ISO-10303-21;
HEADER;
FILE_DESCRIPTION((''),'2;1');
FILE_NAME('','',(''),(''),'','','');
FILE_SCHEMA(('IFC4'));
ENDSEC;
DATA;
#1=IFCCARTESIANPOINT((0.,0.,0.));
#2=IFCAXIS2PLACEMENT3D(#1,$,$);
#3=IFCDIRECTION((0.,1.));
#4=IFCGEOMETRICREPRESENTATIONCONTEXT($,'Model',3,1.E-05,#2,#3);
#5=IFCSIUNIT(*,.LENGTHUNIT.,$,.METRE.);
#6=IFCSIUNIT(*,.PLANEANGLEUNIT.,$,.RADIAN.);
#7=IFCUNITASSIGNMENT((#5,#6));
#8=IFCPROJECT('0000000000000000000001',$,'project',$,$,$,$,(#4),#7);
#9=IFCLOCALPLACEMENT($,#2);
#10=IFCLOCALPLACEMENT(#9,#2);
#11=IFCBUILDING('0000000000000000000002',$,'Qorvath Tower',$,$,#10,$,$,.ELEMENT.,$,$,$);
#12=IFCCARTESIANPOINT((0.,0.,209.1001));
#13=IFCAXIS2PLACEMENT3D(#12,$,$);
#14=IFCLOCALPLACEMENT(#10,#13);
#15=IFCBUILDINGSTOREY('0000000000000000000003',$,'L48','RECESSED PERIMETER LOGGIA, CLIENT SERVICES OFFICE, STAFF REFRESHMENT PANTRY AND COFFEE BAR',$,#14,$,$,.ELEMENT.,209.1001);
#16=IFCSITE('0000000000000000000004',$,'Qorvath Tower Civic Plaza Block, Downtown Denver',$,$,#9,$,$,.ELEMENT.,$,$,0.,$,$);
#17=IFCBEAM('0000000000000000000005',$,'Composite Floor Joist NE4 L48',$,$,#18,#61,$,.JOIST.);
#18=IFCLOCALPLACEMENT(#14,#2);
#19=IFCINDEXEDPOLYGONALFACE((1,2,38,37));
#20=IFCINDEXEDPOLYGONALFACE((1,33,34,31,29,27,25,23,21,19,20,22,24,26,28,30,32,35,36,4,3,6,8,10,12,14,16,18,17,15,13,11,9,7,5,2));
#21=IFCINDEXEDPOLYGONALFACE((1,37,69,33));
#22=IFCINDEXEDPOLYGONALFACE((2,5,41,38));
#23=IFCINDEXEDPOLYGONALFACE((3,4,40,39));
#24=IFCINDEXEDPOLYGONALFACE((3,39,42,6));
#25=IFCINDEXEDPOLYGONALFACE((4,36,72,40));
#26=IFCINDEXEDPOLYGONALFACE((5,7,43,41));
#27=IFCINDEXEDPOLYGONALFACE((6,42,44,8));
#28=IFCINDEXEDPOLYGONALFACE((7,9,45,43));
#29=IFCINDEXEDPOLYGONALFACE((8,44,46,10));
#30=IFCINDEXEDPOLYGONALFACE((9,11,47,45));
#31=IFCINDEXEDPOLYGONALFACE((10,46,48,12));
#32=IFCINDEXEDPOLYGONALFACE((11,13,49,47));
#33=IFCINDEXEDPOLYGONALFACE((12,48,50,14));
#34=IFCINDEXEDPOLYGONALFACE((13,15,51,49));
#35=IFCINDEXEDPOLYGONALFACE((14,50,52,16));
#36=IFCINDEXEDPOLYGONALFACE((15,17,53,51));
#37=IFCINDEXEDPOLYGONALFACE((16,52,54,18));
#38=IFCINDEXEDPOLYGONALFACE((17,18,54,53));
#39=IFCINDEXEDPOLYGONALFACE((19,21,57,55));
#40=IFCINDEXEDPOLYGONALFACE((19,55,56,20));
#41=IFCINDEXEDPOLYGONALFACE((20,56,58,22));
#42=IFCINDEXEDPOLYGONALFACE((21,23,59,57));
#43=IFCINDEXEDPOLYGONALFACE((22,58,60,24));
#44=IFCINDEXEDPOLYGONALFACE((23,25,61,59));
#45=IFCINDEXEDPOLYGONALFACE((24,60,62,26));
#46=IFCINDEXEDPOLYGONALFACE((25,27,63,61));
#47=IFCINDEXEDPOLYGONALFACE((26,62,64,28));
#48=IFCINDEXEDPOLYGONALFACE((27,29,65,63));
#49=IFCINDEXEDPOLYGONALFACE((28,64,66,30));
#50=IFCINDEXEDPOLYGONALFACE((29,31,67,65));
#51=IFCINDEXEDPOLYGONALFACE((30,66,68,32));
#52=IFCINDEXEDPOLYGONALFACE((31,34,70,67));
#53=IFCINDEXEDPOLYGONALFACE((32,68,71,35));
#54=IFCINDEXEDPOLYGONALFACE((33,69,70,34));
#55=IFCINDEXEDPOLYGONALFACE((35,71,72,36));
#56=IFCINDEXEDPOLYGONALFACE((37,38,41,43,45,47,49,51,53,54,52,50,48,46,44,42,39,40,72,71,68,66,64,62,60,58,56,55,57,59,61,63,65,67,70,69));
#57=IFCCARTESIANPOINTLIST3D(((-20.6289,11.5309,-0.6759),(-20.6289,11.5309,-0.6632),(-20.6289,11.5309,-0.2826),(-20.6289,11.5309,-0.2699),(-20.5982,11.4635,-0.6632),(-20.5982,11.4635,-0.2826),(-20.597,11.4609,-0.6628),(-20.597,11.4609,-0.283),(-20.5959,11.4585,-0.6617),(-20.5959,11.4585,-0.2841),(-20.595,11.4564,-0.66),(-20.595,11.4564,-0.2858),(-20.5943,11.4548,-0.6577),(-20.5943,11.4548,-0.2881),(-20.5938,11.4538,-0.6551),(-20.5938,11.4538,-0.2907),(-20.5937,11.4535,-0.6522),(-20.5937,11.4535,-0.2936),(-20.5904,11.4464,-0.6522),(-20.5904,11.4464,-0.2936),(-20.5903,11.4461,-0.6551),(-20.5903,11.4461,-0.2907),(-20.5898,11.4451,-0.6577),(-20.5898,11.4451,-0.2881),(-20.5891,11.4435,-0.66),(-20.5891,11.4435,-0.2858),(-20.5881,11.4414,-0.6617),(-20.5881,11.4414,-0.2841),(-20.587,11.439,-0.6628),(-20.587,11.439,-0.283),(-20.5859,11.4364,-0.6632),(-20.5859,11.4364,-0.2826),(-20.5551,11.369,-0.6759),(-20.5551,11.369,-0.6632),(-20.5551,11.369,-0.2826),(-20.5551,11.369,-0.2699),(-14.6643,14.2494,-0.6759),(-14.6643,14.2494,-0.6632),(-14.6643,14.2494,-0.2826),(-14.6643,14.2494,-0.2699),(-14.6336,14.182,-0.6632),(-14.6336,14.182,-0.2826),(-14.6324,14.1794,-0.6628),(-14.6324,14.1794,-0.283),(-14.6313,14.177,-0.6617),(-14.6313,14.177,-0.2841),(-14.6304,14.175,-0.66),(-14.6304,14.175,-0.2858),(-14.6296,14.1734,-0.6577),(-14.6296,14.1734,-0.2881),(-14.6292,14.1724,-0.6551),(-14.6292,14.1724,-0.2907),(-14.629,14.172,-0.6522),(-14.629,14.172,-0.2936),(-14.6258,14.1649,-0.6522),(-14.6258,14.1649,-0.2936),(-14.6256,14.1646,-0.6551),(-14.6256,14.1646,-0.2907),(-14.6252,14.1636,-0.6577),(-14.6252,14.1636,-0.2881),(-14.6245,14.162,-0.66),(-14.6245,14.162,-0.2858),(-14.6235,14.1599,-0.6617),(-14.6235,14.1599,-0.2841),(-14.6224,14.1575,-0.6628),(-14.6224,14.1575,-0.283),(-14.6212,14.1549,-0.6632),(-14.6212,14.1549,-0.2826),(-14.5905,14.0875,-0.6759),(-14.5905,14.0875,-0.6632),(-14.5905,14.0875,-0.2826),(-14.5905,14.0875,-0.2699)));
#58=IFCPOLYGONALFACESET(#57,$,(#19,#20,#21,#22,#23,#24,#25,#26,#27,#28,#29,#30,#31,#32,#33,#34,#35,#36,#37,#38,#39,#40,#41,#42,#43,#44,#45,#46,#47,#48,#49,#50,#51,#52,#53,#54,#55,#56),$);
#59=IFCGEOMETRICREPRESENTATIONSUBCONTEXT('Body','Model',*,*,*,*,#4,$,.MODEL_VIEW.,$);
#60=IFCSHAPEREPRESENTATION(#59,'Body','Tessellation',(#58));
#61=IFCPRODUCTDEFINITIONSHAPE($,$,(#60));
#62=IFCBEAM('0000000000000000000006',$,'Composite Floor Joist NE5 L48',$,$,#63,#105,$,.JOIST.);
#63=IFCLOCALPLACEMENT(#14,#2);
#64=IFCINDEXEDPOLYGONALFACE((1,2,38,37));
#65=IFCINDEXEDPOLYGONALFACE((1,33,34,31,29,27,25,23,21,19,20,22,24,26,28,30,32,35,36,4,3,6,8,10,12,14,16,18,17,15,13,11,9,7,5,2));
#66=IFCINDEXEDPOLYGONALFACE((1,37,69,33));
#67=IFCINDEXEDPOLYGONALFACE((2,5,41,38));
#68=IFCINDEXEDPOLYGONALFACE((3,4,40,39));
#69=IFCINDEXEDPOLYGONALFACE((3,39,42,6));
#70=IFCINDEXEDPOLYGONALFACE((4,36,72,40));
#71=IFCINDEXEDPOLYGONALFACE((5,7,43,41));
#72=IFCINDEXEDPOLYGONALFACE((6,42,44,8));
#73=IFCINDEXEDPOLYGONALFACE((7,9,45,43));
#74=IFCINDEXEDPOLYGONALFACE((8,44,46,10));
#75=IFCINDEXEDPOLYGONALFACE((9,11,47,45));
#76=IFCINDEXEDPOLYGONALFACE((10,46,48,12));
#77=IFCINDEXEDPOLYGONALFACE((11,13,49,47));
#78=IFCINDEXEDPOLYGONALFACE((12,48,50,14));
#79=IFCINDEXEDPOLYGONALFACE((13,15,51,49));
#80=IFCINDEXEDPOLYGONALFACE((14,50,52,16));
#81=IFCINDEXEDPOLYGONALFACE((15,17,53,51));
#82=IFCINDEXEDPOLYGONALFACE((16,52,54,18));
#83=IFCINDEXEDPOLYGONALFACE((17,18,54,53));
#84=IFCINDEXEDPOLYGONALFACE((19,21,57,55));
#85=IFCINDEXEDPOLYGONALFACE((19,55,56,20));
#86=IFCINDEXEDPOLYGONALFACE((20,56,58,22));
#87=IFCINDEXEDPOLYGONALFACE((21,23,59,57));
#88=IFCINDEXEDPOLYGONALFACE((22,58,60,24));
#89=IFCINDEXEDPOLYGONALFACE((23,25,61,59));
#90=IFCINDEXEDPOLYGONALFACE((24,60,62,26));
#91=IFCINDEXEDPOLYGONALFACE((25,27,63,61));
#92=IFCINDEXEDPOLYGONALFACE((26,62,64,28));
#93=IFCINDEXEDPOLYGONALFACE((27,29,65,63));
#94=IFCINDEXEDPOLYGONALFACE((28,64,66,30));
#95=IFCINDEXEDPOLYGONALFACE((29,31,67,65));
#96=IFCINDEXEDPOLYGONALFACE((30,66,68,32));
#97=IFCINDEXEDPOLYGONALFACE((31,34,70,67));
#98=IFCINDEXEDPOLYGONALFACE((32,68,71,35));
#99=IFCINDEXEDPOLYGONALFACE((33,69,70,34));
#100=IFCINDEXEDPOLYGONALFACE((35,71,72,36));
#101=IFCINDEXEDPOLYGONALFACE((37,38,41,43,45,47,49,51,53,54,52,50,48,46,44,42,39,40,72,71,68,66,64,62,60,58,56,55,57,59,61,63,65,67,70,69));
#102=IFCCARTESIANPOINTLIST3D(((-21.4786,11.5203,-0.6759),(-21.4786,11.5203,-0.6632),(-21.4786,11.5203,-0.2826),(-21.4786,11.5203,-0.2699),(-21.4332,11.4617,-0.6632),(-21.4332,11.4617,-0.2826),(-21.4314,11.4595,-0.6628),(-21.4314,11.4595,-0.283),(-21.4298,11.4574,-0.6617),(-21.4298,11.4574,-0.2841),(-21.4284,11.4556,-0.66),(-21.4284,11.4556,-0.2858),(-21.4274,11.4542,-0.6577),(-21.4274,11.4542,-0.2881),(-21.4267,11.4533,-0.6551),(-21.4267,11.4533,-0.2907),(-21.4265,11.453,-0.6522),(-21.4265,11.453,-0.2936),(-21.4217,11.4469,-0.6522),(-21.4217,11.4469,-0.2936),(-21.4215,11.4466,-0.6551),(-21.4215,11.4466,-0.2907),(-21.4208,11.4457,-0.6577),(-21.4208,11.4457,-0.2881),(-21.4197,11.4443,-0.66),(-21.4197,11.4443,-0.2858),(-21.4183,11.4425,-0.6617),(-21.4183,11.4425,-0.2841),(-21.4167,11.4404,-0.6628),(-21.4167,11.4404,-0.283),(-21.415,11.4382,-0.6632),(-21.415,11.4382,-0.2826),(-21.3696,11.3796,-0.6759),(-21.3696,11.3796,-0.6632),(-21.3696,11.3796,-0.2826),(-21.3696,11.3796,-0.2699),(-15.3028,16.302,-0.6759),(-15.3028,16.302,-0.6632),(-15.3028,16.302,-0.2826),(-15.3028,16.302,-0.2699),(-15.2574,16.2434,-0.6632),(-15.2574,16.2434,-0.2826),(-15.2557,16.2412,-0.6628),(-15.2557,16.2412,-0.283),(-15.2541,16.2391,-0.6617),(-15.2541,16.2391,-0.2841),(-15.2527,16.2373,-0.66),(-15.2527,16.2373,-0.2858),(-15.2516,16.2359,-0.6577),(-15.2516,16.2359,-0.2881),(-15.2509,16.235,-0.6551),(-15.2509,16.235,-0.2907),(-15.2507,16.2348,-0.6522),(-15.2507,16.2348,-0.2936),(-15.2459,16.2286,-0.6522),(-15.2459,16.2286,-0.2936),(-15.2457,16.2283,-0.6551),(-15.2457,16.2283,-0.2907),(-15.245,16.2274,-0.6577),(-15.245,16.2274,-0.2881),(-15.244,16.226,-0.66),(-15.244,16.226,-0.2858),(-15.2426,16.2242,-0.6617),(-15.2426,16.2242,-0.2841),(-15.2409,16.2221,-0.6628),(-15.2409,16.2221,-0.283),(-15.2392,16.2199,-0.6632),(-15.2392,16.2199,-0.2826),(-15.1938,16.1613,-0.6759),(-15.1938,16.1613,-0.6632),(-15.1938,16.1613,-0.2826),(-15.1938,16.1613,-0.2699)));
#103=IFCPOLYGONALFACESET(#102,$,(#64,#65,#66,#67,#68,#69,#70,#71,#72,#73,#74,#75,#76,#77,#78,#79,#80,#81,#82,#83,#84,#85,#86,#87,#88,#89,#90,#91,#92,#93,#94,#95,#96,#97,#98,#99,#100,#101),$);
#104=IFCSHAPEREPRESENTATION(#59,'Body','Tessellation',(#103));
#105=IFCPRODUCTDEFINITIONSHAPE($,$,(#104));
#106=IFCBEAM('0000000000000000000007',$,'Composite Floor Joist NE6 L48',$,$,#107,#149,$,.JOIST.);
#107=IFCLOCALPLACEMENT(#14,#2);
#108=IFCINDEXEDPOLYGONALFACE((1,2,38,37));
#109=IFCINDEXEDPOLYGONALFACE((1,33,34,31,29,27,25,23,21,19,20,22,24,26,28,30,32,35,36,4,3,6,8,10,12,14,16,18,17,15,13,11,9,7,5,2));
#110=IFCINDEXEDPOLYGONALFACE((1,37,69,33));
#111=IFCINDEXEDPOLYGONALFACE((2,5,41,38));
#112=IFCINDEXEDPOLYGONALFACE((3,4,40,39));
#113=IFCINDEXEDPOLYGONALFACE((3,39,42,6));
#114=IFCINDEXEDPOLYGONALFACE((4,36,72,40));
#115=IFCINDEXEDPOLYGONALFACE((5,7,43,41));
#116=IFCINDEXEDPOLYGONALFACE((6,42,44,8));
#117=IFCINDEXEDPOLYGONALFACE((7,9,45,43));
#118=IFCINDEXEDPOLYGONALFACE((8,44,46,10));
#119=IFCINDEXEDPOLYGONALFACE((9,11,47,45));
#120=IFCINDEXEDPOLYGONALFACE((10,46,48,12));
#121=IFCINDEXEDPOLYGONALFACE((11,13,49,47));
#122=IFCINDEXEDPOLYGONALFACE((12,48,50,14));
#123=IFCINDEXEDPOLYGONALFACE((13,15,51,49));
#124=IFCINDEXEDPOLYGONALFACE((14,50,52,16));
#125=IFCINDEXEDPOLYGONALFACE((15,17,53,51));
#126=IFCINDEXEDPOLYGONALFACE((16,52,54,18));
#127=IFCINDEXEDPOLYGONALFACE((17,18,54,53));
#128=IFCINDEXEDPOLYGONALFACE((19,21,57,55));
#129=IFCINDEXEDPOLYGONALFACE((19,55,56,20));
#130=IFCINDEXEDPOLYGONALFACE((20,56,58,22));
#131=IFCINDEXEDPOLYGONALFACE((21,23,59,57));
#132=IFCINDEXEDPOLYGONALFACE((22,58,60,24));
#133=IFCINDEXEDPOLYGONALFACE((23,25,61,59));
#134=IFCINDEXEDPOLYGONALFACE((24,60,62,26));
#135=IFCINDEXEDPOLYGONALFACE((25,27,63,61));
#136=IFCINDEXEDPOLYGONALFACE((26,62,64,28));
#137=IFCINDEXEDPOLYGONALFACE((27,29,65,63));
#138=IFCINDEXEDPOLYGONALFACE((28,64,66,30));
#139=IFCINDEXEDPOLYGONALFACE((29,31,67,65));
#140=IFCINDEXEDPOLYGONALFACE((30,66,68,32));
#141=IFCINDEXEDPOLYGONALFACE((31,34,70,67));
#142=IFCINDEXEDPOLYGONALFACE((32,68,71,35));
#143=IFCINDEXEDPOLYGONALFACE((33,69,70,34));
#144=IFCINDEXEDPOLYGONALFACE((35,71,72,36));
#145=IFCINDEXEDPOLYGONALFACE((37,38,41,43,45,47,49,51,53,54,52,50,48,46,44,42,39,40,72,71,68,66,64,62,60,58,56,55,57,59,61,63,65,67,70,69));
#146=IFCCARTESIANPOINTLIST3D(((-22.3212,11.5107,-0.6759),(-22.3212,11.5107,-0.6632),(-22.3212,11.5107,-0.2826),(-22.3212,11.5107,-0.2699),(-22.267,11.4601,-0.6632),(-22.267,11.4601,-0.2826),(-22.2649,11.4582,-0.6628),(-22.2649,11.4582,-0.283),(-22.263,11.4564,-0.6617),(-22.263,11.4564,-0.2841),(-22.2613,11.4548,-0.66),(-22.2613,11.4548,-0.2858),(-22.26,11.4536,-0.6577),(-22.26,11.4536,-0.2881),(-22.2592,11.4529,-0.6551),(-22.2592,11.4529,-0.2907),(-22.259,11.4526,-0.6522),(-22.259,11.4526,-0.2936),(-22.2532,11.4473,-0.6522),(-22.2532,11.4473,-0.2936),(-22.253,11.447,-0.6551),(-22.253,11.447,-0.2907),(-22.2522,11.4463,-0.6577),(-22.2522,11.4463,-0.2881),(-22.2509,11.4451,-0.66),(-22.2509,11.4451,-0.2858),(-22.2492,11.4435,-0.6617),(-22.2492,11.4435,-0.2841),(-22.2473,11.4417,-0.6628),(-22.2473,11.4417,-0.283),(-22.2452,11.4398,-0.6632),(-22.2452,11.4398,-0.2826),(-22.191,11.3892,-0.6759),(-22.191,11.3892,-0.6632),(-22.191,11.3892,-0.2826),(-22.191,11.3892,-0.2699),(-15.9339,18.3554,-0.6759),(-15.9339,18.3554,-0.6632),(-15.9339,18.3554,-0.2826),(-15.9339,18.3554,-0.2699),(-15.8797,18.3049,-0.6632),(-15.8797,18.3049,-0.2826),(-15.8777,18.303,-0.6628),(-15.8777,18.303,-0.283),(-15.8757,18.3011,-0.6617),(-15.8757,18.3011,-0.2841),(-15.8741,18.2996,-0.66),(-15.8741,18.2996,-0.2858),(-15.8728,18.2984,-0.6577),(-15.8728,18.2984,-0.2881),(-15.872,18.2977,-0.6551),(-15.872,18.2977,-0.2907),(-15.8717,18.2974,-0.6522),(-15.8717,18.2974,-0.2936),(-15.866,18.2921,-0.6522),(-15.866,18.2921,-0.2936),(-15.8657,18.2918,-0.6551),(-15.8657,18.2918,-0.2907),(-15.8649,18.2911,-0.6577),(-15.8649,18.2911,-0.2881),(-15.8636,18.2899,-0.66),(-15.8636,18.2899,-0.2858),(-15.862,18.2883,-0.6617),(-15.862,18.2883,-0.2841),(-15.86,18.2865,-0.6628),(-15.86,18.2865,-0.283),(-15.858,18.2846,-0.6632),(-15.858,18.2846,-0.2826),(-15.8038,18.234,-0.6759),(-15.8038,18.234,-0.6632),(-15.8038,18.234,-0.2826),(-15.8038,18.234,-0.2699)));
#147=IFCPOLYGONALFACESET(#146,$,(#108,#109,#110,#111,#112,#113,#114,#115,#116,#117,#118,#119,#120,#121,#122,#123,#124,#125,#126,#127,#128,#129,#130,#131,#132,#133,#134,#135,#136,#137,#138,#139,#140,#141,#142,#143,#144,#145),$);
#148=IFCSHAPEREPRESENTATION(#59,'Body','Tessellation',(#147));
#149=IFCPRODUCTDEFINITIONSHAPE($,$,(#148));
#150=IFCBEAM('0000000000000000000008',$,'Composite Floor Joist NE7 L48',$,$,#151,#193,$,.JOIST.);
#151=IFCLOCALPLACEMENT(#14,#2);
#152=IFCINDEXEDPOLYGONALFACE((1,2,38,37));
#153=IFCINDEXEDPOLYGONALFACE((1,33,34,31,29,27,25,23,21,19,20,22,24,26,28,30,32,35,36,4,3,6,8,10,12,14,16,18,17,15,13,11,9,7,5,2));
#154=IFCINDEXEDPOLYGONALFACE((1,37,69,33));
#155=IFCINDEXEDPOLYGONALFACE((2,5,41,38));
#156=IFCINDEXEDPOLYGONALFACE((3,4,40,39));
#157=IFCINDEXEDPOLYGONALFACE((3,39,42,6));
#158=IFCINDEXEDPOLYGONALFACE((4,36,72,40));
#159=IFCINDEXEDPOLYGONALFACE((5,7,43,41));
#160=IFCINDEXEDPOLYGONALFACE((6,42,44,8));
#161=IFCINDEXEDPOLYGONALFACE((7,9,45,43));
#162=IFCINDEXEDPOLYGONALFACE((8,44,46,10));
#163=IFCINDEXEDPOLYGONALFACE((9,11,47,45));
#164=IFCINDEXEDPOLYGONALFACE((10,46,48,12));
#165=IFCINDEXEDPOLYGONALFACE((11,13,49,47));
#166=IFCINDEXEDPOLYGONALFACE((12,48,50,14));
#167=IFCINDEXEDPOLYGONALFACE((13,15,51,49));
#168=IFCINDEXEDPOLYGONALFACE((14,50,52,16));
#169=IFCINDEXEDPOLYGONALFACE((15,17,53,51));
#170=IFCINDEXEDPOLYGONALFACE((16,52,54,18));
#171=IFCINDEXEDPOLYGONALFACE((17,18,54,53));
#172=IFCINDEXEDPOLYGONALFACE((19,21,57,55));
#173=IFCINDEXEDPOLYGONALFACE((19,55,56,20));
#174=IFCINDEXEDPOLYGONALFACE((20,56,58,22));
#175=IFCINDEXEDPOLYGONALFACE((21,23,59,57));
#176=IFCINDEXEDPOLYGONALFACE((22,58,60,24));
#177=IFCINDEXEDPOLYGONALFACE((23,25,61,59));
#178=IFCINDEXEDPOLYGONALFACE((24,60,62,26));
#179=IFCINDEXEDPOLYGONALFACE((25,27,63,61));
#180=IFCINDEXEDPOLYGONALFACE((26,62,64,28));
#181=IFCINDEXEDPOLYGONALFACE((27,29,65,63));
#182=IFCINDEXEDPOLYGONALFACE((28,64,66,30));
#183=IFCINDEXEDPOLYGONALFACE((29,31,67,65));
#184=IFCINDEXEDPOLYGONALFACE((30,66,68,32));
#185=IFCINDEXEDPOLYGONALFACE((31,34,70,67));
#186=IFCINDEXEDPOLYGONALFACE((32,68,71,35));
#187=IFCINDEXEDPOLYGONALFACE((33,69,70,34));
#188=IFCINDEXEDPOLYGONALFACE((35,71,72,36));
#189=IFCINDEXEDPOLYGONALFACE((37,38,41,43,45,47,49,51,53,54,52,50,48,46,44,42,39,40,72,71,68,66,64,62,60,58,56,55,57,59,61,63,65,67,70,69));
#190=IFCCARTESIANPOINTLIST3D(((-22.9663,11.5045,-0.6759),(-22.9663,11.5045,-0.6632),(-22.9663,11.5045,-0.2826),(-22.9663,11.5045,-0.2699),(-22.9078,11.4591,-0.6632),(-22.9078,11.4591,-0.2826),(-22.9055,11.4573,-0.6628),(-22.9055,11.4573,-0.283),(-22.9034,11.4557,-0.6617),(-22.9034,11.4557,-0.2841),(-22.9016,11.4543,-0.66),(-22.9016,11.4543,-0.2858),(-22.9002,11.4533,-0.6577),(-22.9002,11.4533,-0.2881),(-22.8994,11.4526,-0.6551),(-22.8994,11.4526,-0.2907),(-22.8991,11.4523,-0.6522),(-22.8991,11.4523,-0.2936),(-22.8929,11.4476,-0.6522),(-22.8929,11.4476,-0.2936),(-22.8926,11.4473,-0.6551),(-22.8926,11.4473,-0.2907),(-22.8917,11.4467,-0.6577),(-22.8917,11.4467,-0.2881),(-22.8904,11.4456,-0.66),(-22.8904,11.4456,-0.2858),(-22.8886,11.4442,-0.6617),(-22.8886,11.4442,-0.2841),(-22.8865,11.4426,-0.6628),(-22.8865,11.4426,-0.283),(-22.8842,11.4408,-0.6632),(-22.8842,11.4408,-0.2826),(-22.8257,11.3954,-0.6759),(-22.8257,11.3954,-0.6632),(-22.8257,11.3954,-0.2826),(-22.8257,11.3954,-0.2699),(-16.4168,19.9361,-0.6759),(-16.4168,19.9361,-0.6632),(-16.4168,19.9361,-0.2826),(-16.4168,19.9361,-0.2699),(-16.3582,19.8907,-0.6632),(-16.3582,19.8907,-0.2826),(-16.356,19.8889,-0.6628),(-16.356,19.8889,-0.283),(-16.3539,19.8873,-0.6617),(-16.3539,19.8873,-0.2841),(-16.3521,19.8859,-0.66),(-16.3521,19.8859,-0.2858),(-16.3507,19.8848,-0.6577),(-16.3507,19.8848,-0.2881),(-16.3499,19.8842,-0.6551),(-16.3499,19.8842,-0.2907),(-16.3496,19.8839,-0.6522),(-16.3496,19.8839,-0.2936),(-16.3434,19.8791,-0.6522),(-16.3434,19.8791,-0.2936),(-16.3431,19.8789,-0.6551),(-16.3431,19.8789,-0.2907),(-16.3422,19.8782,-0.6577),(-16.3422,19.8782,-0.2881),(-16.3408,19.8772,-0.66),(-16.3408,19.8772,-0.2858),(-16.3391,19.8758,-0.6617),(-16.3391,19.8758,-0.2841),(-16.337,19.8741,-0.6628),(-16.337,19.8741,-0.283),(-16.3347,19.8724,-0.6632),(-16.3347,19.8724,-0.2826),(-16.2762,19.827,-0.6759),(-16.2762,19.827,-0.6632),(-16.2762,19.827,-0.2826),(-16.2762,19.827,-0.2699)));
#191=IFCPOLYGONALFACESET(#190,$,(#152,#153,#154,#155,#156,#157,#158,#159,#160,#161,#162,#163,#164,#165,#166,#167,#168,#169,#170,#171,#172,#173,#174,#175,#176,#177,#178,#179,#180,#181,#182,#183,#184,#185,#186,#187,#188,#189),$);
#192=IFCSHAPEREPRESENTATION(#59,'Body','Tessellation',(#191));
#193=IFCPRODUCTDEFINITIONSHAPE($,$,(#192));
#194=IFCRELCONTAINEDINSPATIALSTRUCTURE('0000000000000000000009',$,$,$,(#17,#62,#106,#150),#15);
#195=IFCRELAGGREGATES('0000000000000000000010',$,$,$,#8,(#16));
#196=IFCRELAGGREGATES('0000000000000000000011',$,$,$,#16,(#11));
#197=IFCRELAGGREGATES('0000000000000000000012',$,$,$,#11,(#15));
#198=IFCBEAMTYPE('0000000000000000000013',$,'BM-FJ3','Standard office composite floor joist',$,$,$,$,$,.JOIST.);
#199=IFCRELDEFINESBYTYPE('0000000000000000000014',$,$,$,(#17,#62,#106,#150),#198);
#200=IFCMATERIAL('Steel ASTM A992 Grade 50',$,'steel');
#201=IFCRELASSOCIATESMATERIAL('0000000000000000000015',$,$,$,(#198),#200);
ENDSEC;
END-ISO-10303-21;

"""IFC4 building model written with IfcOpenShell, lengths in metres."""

from ifc_helpers import new_model, si_unit, direction, frame, origin, origin_2d, place, context, subcontext, project, spatial, i_section, extrude, material, material_profile, profile_set, type_object, element, save


model = new_model("IFC4")

# Units and contexts
model_context = context("Model", 3, precision=1e-05, world=origin(), true_north=direction((0.0, 1.0)))
body_context = subcontext(model_context, "Body", "Model", "MODEL_VIEW")
ifc_project = project(units=[si_unit("LENGTHUNIT", "METRE"), si_unit("PLANEANGLEUNIT", "RADIAN")], contexts=[model_context])

# Site, building, storey
site_placement = place(None, origin())
site = spatial("IfcSite", under=ifc_project, at=site_placement, Name="Qorvath Tower Civic Plaza Block, Downtown Denver", CompositionType="ELEMENT", RefElevation=0.0)
building_placement = place(site_placement, origin())
building = spatial("IfcBuilding", under=site, at=building_placement, Name="Qorvath Tower", CompositionType="ELEMENT")
storey_placement = place(building_placement, frame((0.0, 0.0, 209.1001)))
storey = spatial("IfcBuildingStorey", under=building, at=storey_placement, Name="L48", Description="RECESSED PERIMETER LOGGIA, CLIENT SERVICES OFFICE, STAFF REFRESHMENT PANTRY AND COFFEE BAR", CompositionType="ELEMENT", Elevation=209.1001)

# Beams
ifc_material_1 = material(Name="Steel ASTM A992 Grade 50", Category="steel")
ifc_material_profile_1 = material_profile(ifc_material_1, i_section(OverallWidth=0.178, OverallDepth=0.406, WebThickness=0.0078, FlangeThickness=0.0127, FilletRadius=0.011, at=origin_2d()), Name="W16x40")
ifc_profile_set_1 = profile_set([ifc_material_profile_1], Name="Steel ASTM A992 Grade 50")
beam_type_1 = type_object("IfcBeamType", Name="BM-FJ3", Description="Standard office composite floor joist", PredefinedType="JOIST", material=ifc_profile_set_1)
beam_1_placement = place(storey_placement, frame((-20.592, 11.45, -0.4729), z_axis=(0.909945, 0.414729, 0.0), x_axis=(-0.414729, 0.909945, 0.0)))
element("IfcBeam", 1, at=beam_1_placement, inside=storey, type_object=beam_type_1, Name="Composite Floor Joist NE4 L48", PredefinedType="JOIST", context=body_context, shape_type="SweptSolid", body=[
    extrude(i_section(OverallWidth=0.178, OverallDepth=0.406, WebThickness=0.0078, FlangeThickness=0.0127, FilletRadius=0.011, at=origin_2d()), origin(), (0.0, 0.0, 1.0), 6.5549),
])
beam_2_placement = place(storey_placement, frame((-21.4241, 11.45, -0.4729), z_axis=(0.790693, 0.612212, 0.0), x_axis=(-0.612212, 0.790693, 0.0)))
element("IfcBeam", 2, at=beam_2_placement, inside=storey, type_object=beam_type_1, Name="Composite Floor Joist NE5 L48", PredefinedType="JOIST", context=body_context, shape_type="SweptSolid", body=[
    extrude(i_section(OverallWidth=0.178, OverallDepth=0.406, WebThickness=0.0078, FlangeThickness=0.0127, FilletRadius=0.011, at=origin_2d()), origin(), (0.0, 0.0, 1.0), 7.8105),
])
beam_3_placement = place(storey_placement, frame((-22.2561, 11.45, -0.4729), z_axis=(0.682249, 0.731119, 0.0), x_axis=(-0.731119, 0.682249, 0.0)))
element("IfcBeam", 3, at=beam_3_placement, inside=storey, type_object=beam_type_1, Name="Composite Floor Joist NE6 L48", PredefinedType="JOIST", context=body_context, shape_type="SweptSolid", body=[
    extrude(i_section(OverallWidth=0.178, OverallDepth=0.406, WebThickness=0.0078, FlangeThickness=0.0127, FilletRadius=0.011, at=origin_2d()), origin(), (0.0, 0.0, 1.0), 9.3621),
])
beam_4_placement = place(storey_placement, frame((-22.896, 11.45, -0.4729), z_axis=(0.613451, 0.789733, 0.0), x_axis=(-0.789733, 0.613451, 0.0)))
element("IfcBeam", 4, at=beam_4_placement, inside=storey, type_object=beam_type_1, Name="Composite Floor Joist NE7 L48", PredefinedType="JOIST", context=body_context, shape_type="SweptSolid", body=[
    extrude(i_section(OverallWidth=0.178, OverallDepth=0.406, WebThickness=0.0078, FlangeThickness=0.0127, FilletRadius=0.011, at=origin_2d()), origin(), (0.0, 0.0, 1.0), 10.6765),
])

save(model, "model.ifc")
